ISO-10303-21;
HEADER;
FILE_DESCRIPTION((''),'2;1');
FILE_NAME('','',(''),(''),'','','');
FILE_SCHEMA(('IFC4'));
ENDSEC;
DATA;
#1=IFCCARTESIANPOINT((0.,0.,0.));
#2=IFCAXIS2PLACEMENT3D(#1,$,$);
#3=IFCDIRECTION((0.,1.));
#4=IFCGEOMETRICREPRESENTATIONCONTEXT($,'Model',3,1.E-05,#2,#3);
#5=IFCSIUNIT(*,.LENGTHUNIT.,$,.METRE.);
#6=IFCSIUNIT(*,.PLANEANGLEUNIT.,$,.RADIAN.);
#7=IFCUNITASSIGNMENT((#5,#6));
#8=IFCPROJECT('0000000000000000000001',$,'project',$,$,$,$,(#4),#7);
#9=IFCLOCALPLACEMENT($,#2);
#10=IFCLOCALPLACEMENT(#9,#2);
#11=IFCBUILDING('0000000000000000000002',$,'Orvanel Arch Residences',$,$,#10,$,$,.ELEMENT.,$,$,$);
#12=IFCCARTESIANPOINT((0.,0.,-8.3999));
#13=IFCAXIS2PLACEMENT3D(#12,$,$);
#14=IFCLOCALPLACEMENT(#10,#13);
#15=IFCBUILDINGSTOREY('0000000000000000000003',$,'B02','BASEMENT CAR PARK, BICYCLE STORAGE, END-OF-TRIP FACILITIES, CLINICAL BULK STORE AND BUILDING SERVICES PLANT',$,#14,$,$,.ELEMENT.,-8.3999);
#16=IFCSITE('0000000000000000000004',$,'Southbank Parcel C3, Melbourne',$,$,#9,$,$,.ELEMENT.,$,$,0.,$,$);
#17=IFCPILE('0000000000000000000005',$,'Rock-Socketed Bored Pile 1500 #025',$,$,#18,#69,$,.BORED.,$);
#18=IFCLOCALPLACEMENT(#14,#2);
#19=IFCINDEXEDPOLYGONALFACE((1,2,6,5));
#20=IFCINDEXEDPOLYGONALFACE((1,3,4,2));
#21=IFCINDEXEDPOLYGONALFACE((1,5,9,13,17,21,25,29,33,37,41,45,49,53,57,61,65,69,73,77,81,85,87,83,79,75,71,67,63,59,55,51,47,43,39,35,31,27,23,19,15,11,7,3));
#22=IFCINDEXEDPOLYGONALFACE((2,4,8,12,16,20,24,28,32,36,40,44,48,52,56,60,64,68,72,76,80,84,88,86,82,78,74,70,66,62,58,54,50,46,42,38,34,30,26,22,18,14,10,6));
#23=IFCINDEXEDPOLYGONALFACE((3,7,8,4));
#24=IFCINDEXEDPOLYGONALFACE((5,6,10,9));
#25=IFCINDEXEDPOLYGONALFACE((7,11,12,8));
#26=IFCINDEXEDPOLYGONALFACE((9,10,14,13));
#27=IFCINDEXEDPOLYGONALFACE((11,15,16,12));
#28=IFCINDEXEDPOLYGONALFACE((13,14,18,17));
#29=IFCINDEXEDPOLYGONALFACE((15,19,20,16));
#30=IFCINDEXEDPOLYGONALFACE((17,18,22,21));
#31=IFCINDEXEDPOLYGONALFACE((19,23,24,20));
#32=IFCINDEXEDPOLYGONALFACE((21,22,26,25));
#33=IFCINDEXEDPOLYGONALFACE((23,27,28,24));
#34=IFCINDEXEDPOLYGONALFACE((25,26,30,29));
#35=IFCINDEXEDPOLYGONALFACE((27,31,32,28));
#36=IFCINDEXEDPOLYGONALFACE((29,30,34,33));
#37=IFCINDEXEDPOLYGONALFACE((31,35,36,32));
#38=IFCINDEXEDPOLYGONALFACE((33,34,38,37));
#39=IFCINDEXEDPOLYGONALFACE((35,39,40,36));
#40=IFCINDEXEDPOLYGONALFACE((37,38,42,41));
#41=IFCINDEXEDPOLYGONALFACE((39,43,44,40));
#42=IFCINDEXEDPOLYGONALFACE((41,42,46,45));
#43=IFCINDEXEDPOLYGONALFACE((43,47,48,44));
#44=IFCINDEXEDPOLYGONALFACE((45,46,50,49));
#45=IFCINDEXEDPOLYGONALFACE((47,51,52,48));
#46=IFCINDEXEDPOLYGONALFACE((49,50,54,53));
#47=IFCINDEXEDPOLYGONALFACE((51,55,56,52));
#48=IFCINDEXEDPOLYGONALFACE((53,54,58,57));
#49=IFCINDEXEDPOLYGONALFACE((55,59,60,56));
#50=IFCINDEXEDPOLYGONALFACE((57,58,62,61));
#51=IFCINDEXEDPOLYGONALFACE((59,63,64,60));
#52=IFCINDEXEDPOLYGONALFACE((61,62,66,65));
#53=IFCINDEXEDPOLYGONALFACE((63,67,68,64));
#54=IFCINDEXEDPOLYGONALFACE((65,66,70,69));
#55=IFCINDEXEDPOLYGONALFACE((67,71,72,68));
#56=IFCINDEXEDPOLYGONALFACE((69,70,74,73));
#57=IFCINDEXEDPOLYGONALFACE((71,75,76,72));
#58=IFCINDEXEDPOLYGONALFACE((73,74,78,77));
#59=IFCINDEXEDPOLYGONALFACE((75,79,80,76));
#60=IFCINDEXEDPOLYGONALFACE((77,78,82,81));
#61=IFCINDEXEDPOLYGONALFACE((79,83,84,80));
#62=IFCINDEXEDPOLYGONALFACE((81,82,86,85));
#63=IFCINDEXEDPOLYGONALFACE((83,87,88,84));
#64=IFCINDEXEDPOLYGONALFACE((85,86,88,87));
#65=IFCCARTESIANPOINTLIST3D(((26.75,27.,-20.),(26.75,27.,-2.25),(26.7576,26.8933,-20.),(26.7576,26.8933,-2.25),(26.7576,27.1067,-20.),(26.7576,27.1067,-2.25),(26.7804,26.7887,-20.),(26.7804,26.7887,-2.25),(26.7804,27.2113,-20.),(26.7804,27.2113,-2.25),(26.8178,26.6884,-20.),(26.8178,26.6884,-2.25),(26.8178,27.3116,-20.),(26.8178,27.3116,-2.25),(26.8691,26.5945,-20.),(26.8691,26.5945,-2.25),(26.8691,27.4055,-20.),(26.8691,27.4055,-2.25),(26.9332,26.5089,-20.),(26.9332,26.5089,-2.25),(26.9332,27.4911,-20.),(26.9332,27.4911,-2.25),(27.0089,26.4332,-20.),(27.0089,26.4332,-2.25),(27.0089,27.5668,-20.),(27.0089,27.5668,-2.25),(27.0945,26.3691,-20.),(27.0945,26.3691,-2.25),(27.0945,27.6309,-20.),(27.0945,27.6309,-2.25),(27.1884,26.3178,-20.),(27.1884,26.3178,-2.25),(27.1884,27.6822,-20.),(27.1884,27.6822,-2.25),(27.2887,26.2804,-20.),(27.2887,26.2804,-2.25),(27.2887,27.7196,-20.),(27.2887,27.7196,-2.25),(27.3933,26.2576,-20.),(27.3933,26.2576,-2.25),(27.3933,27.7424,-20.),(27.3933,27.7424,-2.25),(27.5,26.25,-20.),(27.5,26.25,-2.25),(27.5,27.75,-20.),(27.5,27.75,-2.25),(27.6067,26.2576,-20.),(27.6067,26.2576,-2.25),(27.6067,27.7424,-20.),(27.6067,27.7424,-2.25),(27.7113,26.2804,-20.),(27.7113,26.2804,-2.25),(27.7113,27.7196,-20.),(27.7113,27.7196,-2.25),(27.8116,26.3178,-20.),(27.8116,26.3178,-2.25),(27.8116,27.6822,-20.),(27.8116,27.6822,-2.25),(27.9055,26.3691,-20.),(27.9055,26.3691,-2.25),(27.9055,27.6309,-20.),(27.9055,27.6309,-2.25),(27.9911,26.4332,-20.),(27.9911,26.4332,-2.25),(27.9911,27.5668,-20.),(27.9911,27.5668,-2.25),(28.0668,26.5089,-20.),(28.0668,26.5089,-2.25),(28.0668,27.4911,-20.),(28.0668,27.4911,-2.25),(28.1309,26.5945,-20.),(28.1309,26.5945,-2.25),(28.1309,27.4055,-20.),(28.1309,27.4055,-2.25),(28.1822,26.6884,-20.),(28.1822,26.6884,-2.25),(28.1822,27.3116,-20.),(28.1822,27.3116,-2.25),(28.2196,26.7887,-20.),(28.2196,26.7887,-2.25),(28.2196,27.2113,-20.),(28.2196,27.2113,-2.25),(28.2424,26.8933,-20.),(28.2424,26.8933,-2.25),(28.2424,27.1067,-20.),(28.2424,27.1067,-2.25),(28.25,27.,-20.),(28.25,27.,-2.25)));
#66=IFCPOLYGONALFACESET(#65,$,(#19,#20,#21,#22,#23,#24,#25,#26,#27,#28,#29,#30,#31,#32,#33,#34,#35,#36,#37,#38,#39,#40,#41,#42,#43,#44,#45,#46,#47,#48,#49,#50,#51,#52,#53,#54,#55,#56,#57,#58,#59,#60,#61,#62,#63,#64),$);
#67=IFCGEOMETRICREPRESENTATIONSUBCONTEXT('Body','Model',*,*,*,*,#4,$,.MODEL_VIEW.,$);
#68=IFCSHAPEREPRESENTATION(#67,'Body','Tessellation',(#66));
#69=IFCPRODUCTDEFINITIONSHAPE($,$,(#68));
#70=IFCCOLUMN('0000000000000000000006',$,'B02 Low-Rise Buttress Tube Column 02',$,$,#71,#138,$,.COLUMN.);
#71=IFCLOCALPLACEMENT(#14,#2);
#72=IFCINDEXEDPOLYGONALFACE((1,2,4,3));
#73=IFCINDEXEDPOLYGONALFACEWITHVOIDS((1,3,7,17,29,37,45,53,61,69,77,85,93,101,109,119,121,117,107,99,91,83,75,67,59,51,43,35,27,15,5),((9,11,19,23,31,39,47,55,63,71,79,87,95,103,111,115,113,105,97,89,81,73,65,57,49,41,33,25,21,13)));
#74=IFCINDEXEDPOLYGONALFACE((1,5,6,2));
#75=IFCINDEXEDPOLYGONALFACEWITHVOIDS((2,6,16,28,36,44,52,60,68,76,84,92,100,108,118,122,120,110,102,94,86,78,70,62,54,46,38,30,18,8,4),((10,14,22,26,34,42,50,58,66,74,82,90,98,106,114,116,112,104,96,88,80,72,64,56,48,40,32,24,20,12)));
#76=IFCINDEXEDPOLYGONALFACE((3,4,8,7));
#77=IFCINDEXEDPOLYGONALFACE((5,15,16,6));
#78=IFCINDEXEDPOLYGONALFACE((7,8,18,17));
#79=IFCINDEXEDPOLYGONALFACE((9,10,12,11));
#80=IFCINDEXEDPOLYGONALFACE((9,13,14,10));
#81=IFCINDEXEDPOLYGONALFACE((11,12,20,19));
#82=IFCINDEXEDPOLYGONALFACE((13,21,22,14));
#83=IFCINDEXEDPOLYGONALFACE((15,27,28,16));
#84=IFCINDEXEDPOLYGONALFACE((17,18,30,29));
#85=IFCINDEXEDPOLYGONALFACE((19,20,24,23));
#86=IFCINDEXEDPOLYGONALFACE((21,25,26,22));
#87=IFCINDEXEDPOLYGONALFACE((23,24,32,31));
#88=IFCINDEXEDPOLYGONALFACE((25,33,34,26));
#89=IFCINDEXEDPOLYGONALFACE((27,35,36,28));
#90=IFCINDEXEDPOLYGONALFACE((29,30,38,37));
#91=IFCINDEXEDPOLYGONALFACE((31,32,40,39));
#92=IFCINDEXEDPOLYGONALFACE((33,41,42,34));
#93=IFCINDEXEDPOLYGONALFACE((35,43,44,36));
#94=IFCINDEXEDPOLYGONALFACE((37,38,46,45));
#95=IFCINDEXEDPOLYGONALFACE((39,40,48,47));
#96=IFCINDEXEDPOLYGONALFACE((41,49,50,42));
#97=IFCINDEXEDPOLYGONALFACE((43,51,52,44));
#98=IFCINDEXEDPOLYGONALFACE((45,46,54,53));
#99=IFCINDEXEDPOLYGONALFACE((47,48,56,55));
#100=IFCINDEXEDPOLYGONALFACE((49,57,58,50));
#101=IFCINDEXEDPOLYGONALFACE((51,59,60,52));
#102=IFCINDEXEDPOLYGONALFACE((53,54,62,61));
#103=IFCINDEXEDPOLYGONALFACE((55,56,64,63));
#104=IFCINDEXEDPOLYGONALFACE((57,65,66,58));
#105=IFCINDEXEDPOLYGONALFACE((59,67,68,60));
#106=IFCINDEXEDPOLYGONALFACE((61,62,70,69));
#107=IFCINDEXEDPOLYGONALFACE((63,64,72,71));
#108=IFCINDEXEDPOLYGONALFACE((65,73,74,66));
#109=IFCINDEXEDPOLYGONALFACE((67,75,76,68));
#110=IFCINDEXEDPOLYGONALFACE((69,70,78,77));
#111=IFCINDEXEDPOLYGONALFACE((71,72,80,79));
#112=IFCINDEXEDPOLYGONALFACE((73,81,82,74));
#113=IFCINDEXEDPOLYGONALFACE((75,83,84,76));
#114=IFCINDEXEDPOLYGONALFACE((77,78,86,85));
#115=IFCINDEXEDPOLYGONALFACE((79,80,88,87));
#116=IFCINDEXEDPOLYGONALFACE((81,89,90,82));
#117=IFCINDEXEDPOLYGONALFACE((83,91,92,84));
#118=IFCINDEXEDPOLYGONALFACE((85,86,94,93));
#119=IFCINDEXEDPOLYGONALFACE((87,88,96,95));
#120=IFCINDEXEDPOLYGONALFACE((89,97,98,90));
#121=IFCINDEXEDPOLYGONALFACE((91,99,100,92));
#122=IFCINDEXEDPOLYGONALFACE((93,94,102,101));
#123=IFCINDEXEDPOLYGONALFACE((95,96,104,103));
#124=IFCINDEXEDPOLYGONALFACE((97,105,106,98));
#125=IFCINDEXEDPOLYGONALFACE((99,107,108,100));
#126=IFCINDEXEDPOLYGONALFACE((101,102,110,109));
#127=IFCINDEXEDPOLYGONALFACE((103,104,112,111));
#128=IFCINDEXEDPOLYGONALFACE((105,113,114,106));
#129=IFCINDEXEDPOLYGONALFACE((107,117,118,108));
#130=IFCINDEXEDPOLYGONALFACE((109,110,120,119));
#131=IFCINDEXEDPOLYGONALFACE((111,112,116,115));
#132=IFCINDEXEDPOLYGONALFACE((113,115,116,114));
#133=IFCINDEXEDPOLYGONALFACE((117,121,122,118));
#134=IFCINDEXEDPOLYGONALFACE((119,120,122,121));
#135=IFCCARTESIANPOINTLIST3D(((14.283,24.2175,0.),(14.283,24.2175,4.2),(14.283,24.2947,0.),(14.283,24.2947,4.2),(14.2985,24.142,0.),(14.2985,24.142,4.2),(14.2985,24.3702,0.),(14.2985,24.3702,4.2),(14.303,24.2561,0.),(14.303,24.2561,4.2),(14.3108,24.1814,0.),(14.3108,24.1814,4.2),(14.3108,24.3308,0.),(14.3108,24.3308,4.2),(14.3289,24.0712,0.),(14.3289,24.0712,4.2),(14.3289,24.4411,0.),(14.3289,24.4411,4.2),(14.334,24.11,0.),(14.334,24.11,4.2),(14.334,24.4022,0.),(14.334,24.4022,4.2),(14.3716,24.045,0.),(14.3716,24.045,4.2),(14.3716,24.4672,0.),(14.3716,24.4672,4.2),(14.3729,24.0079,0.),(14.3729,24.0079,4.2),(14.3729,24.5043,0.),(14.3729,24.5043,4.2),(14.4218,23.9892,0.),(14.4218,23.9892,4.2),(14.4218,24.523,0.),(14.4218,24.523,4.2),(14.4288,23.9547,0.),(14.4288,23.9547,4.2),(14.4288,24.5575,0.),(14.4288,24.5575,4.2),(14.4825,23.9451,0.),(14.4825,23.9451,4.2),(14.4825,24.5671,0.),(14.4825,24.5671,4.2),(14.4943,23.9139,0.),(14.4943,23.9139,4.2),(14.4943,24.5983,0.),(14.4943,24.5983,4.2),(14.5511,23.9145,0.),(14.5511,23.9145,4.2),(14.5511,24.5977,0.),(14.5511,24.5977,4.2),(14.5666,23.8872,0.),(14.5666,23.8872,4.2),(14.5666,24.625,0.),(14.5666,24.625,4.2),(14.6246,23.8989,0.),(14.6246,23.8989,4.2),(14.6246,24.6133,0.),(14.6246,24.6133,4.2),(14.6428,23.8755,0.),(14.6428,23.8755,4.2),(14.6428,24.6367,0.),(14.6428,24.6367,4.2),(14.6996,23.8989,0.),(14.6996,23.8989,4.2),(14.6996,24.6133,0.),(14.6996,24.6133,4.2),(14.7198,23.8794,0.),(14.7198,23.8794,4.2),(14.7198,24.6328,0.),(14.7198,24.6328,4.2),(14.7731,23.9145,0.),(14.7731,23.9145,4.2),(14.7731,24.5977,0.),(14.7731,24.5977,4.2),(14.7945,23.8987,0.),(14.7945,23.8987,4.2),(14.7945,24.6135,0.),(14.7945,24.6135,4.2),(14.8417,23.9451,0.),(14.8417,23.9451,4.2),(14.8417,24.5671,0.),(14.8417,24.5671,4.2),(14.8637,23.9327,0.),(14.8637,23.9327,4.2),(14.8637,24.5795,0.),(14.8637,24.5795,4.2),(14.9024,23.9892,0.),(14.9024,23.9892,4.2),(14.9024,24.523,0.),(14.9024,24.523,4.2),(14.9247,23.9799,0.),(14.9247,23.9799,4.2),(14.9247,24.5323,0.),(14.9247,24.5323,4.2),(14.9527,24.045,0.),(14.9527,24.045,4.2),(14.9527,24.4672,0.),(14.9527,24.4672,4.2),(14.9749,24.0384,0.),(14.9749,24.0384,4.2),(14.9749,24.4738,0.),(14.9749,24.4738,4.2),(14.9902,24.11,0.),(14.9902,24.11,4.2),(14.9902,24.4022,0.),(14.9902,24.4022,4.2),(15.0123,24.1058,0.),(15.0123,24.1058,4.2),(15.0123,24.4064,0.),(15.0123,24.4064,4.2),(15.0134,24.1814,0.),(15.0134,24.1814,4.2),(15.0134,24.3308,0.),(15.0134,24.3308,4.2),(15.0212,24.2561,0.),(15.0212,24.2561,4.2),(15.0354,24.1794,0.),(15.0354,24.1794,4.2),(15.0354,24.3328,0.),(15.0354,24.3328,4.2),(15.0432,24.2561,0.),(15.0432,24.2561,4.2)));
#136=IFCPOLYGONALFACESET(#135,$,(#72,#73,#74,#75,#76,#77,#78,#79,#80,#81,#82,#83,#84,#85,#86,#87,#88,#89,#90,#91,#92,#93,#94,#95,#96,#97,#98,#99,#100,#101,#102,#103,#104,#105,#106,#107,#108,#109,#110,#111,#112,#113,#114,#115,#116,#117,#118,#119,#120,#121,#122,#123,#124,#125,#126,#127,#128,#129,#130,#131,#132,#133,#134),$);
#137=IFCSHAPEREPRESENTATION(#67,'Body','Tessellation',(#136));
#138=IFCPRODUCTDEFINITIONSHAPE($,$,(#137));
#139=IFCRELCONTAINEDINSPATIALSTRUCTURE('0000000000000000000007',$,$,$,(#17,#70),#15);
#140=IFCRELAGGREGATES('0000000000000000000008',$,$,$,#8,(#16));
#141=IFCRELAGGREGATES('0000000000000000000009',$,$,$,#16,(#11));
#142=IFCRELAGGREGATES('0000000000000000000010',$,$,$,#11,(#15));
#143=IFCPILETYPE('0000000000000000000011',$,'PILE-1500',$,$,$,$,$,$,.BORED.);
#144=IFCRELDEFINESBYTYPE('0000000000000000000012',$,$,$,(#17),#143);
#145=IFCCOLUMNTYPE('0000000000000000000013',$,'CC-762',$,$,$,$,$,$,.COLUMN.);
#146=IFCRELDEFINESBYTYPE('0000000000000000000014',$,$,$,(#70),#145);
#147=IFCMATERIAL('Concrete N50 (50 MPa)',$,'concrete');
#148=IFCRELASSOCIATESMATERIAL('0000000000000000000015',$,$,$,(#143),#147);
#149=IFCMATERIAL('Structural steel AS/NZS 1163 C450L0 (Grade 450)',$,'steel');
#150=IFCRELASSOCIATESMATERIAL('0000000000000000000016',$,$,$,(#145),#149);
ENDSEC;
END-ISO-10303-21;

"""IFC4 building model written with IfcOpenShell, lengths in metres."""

from ifc_helpers import new_model, si_unit, direction, frame, origin, origin_2d, place, context, subcontext, project, spatial, circle, hollow_circle, extrude, material, material_profile, profile_set, type_object, element, save


model = new_model("IFC4")

# Units and contexts
model_context = context("Model", 3, precision=1e-05, world=origin(), true_north=direction((0.0, 1.0)))
body_context = subcontext(model_context, "Body", "Model", "MODEL_VIEW")
ifc_project = project(units=[si_unit("LENGTHUNIT", "METRE"), si_unit("PLANEANGLEUNIT", "RADIAN")], contexts=[model_context])

# Site, building, storey
site_placement = place(None, origin())
site = spatial("IfcSite", under=ifc_project, at=site_placement, Name="Southbank Parcel C3, Melbourne", CompositionType="ELEMENT", RefElevation=0.0)
building_placement = place(site_placement, origin())
building = spatial("IfcBuilding", under=site, at=building_placement, Name="Orvanel Arch Residences", CompositionType="ELEMENT")
storey_placement = place(building_placement, frame((0.0, 0.0, -8.3999)))
storey = spatial("IfcBuildingStorey", under=building, at=storey_placement, Name="B02", Description="BASEMENT CAR PARK, BICYCLE STORAGE, END-OF-TRIP FACILITIES, CLINICAL BULK STORE AND BUILDING SERVICES PLANT", CompositionType="ELEMENT", Elevation=-8.3999)

# Pile
ifc_material_1 = material(Name="Concrete N50 (50 MPa)", Category="concrete")
ifc_material_profile_1 = material_profile(ifc_material_1, circle(Radius=0.75, at=origin_2d()), Name="PILE1500")
ifc_profile_set_1 = profile_set([ifc_material_profile_1], Name="Concrete N50 (50 MPa)")
pile_type = type_object("IfcPileType", Name="PILE-1500", PredefinedType="BORED", material=ifc_profile_set_1)
for number, where, z_axis, x_axis, name in (
    (1, (27.5, 27.0, -2.25), (0.0, 0.0, -1.0), (1.0, 0.0, 0.0), "Rock-Socketed Bored Pile 1500 #025"),
):
    element("IfcPile", number, at=place(storey_placement, frame(where, z_axis=z_axis, x_axis=x_axis)), inside=storey, type_object=pile_type, Name=name, PredefinedType="BORED", context=body_context, shape_type="SweptSolid", body=[
        extrude(circle(Radius=0.75, at=origin_2d()), origin(), (0.0, 0.0, 1.0), 17.75),
    ])

# Column
ifc_material_2 = material(Name="Structural steel AS/NZS 1163 C450L0 (Grade 450)", Category="steel")
ifc_material_profile_2 = material_profile(ifc_material_2, hollow_circle(Radius=0.3811, WallThickness=0.022, at=origin_2d()), Name="CHS762x22")
ifc_profile_set_2 = profile_set([ifc_material_profile_2], Name="Structural steel AS/NZS 1163 C450L0 (Grade 450)")
column_type_1 = type_object("IfcColumnType", Name="CC-762", PredefinedType="COLUMN", material=ifc_profile_set_2)
for number, where, z_axis, x_axis, name in (
    (2, (14.6621, 24.2561, 0.0), (0.0, 0.0, 1.0), (1.0, 0.0, 0.0), "B02 Low-Rise Buttress Tube Column 02"),
):
    element("IfcColumn", number, at=place(storey_placement, frame(where, z_axis=z_axis, x_axis=x_axis)), inside=storey, type_object=column_type_1, Name=name, PredefinedType="COLUMN", context=body_context, shape_type="SweptSolid", body=[
        extrude(hollow_circle(Radius=0.3811, WallThickness=0.022, at=origin_2d()), origin(), (0.0, 0.0, 1.0), 4.2),
    ])

save(model, "model.ifc")
